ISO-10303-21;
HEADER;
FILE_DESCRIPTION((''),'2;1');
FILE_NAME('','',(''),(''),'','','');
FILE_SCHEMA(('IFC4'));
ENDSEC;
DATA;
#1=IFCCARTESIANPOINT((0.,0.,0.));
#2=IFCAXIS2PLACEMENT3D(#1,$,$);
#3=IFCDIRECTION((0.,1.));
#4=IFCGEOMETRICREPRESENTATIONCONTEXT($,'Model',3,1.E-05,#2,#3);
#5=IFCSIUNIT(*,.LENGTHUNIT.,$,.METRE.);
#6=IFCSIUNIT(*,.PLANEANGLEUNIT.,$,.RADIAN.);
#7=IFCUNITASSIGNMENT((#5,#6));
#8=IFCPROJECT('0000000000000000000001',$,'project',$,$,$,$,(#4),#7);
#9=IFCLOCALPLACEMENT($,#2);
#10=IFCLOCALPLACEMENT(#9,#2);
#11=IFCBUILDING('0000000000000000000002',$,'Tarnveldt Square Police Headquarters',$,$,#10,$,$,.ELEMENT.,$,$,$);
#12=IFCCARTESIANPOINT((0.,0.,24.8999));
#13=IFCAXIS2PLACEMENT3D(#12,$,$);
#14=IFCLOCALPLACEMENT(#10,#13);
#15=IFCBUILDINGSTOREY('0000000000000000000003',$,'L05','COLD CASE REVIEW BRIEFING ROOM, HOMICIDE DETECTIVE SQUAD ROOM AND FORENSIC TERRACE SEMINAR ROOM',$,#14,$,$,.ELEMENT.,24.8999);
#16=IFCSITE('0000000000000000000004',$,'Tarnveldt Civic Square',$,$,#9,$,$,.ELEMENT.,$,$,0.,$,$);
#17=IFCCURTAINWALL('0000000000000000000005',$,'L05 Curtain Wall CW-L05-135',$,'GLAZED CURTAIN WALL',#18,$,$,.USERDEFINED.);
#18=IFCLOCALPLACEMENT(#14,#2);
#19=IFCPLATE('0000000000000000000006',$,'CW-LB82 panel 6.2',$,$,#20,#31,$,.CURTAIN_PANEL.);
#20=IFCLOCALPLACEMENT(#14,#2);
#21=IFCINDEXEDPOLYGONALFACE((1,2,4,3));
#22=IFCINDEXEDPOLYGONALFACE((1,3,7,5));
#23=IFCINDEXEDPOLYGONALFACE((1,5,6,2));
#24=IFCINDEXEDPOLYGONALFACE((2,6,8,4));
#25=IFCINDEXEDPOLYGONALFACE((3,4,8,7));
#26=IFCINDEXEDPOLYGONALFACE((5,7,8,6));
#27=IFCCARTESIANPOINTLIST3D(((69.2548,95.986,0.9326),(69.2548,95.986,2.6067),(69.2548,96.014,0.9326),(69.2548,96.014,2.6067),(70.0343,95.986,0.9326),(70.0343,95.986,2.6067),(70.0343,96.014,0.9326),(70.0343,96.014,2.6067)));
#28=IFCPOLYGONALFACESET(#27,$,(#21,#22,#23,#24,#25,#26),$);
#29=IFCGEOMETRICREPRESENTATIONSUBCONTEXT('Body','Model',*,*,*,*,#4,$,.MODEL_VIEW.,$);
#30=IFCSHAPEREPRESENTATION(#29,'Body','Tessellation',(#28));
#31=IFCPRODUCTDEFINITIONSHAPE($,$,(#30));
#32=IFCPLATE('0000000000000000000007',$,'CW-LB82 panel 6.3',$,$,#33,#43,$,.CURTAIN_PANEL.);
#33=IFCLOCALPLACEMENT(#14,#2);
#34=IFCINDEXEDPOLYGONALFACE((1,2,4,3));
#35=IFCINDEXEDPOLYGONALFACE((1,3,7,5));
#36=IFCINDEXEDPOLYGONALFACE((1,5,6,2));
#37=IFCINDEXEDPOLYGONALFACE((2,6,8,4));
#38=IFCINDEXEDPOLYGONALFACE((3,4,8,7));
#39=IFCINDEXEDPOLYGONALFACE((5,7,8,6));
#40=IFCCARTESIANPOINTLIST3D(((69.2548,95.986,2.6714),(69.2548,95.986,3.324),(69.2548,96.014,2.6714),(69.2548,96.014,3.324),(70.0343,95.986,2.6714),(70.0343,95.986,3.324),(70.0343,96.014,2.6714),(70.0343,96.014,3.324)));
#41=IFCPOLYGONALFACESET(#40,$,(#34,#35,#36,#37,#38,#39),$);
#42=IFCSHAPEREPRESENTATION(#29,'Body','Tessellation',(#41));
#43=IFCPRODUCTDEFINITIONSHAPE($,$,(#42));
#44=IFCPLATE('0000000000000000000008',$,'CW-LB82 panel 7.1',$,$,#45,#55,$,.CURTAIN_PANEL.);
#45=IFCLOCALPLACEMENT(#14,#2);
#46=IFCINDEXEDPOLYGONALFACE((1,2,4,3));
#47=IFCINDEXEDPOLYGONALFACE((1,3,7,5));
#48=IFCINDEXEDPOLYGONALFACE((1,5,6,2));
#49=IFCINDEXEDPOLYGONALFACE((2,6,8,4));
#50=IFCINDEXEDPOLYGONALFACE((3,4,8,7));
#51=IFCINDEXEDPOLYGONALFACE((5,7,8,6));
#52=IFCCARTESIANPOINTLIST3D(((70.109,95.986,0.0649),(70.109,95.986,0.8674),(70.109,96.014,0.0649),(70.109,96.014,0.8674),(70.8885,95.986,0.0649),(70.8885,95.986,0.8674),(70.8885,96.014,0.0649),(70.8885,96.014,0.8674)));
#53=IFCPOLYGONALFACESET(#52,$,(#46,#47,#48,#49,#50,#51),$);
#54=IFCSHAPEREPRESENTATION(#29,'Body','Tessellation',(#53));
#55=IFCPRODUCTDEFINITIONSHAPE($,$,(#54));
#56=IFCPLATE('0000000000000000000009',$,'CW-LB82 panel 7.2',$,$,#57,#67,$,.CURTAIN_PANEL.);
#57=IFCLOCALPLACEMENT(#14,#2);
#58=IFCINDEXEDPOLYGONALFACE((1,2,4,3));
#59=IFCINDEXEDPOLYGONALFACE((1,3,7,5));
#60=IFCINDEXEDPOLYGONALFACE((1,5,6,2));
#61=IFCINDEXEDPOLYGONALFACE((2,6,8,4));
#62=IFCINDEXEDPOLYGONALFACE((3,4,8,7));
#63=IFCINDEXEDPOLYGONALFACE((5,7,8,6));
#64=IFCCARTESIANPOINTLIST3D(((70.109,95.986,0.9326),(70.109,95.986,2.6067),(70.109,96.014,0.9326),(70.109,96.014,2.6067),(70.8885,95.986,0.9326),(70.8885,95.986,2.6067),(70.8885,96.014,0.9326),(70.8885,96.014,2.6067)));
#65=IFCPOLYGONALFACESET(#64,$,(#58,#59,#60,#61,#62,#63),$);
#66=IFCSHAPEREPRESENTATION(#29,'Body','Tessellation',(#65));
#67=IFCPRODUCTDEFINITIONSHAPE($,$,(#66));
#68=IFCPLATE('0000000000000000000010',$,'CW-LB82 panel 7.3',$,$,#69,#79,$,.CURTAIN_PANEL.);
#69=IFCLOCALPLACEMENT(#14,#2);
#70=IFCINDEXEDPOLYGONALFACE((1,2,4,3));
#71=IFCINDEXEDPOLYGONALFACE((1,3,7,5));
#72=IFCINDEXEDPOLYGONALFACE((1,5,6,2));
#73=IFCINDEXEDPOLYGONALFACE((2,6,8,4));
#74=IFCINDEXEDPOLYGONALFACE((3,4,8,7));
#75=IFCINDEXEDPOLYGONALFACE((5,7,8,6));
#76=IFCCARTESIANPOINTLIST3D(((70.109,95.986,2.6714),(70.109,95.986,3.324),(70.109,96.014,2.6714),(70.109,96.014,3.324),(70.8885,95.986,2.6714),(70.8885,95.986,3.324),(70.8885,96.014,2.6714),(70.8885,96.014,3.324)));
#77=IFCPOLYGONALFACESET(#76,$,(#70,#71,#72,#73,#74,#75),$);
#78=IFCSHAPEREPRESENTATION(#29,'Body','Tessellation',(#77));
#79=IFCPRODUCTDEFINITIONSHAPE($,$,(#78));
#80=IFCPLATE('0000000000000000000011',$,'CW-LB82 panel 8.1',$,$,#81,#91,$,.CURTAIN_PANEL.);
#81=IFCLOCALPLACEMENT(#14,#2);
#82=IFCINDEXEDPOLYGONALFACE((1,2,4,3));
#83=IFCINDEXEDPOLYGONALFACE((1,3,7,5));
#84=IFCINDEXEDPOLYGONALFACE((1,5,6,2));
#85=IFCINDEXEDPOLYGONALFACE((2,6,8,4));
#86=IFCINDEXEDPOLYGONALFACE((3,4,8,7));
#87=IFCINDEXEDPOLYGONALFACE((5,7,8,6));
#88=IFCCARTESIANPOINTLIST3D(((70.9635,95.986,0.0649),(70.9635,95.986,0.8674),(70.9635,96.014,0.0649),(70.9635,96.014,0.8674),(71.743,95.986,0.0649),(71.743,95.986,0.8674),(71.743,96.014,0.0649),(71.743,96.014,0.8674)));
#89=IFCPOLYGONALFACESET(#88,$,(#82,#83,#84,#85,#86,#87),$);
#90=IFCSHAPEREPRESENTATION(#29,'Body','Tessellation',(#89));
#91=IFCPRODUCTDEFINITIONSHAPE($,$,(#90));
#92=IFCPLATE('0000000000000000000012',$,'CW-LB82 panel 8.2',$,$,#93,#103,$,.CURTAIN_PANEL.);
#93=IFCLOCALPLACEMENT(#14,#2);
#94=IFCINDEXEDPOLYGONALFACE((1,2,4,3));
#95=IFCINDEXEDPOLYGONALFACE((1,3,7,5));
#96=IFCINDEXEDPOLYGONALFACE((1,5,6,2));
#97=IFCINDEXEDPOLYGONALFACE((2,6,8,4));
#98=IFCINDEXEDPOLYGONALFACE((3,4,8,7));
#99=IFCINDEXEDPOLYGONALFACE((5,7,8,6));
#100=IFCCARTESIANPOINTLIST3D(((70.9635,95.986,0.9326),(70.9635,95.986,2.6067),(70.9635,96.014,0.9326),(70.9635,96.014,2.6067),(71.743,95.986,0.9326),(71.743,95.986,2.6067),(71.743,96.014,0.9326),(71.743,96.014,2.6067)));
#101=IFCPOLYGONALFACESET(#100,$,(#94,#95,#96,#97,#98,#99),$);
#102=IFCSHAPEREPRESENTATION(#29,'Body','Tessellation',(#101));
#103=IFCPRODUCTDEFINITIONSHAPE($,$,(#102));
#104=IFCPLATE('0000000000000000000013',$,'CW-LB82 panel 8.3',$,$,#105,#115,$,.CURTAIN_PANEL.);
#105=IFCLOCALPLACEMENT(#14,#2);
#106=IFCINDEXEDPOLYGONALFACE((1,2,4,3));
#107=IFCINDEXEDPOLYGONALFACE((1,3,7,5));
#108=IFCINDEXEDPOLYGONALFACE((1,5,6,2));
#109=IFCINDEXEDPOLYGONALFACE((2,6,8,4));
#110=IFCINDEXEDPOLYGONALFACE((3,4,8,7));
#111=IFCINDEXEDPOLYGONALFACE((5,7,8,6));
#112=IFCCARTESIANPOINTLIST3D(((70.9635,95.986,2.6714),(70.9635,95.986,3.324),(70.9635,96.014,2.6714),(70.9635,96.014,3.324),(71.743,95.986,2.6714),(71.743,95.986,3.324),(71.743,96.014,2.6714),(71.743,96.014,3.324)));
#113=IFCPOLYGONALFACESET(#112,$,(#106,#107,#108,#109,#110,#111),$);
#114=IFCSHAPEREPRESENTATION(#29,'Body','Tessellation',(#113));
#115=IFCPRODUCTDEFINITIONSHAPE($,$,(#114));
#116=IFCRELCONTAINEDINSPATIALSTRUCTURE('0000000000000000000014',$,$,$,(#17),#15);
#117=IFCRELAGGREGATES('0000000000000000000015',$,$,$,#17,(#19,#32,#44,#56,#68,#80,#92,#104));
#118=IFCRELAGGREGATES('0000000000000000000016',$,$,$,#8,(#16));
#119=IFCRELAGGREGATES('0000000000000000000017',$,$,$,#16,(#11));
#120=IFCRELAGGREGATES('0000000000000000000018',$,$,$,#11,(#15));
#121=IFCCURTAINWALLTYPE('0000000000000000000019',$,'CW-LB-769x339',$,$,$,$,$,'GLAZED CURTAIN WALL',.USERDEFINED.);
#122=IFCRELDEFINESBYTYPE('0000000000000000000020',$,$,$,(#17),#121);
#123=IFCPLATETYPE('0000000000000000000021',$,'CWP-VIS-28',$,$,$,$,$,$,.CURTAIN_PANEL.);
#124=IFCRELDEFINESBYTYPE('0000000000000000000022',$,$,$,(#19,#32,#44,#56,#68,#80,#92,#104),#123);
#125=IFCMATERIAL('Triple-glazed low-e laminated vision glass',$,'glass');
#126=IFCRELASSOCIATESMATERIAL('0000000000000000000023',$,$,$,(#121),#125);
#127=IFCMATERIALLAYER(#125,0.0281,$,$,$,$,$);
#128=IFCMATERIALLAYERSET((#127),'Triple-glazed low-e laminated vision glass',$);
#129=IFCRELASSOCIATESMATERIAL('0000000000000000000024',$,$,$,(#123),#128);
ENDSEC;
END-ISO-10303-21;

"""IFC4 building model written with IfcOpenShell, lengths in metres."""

from ifc_helpers import new_model, si_unit, direction, frame, origin, origin_2d, place, context, subcontext, project, spatial, rectangle, extrude, material, layer, layer_set, type_object, element, aggregate, save


model = new_model("IFC4")

# Units and contexts
model_context = context("Model", 3, precision=1e-05, world=origin(), true_north=direction((0.0, 1.0)))
body_context = subcontext(model_context, "Body", "Model", "MODEL_VIEW")
ifc_project = project(units=[si_unit("LENGTHUNIT", "METRE"), si_unit("PLANEANGLEUNIT", "RADIAN")], contexts=[model_context])

# Site, building, storey
site_placement = place(None, origin())
site = spatial("IfcSite", under=ifc_project, at=site_placement, Name="Tarnveldt Civic Square", CompositionType="ELEMENT", RefElevation=0.0)
building_placement = place(site_placement, origin())
building = spatial("IfcBuilding", under=site, at=building_placement, Name="Tarnveldt Square Police Headquarters", CompositionType="ELEMENT")
storey_placement = place(building_placement, frame((0.0, 0.0, 24.8999)))
storey = spatial("IfcBuildingStorey", under=building, at=storey_placement, Name="L05", Description="COLD CASE REVIEW BRIEFING ROOM, HOMICIDE DETECTIVE SQUAD ROOM AND FORENSIC TERRACE SEMINAR ROOM", CompositionType="ELEMENT", Elevation=24.8999)

# Curtain wall, plates
ifc_material_1 = material(Name="Triple-glazed low-e laminated vision glass", Category="glass")
curtain_wall_type = type_object("IfcCurtainWallType", Name="CW-LB-769x339", ElementType="GLAZED CURTAIN WALL", PredefinedType="USERDEFINED", material=ifc_material_1)
curtain_wall_placement = place(storey_placement, origin())
curtain_wall = element("IfcCurtainWall", 1, at=curtain_wall_placement, inside=storey, type_object=curtain_wall_type, Name="L05 Curtain Wall CW-L05-135", ObjectType="GLAZED CURTAIN WALL", PredefinedType="USERDEFINED")
ifc_layer = layer(ifc_material_1, 0.0281)
ifc_layer_set = layer_set([ifc_layer], Name="Triple-glazed low-e laminated vision glass")
plate_type = type_object("IfcPlateType", Name="CWP-VIS-28", PredefinedType="CURTAIN_PANEL", material=ifc_layer_set)
plate_1_placement = place(storey_placement, frame((69.6445, 96.0, 0.9326), z_axis=(0.0, 0.0, 1.0), x_axis=(1.0, 0.0, 0.0)))
plate_1 = element("IfcPlate", 2, at=plate_1_placement, type_object=plate_type, Name="CW-LB82 panel 6.2", PredefinedType="CURTAIN_PANEL", context=body_context, shape_type="SweptSolid", body=[
    extrude(rectangle(XDim=0.7795, YDim=0.0281, at=origin_2d()), origin(), (0.0, 0.0, 1.0), 1.6741),
])
plate_2_placement = place(storey_placement, frame((69.6445, 96.0, 2.6714), z_axis=(0.0, 0.0, 1.0), x_axis=(1.0, 0.0, 0.0)))
plate_2 = element("IfcPlate", 3, at=plate_2_placement, type_object=plate_type, Name="CW-LB82 panel 6.3", PredefinedType="CURTAIN_PANEL", context=body_context, shape_type="SweptSolid", body=[
    extrude(rectangle(XDim=0.7795, YDim=0.0281, at=origin_2d()), origin(), (0.0, 0.0, 1.0), 0.6526),
])
plate_3_placement = place(storey_placement, frame((70.4988, 96.0, 0.0649), z_axis=(0.0, 0.0, 1.0), x_axis=(1.0, 0.0, 0.0)))
plate_3 = element("IfcPlate", 4, at=plate_3_placement, type_object=plate_type, Name="CW-LB82 panel 7.1", PredefinedType="CURTAIN_PANEL", context=body_context, shape_type="SweptSolid", body=[
    extrude(rectangle(XDim=0.7795, YDim=0.0281, at=origin_2d()), origin(), (0.0, 0.0, 1.0), 0.8025),
])
plate_4_placement = place(storey_placement, frame((70.4988, 96.0, 0.9326), z_axis=(0.0, 0.0, 1.0), x_axis=(1.0, 0.0, 0.0)))
plate_4 = element("IfcPlate", 5, at=plate_4_placement, type_object=plate_type, Name="CW-LB82 panel 7.2", PredefinedType="CURTAIN_PANEL", context=body_context, shape_type="SweptSolid", body=[
    extrude(rectangle(XDim=0.7795, YDim=0.0281, at=origin_2d()), origin(), (0.0, 0.0, 1.0), 1.6741),
])
plate_5_placement = place(storey_placement, frame((70.4988, 96.0, 2.6714), z_axis=(0.0, 0.0, 1.0), x_axis=(1.0, 0.0, 0.0)))
plate_5 = element("IfcPlate", 6, at=plate_5_placement, type_object=plate_type, Name="CW-LB82 panel 7.3", PredefinedType="CURTAIN_PANEL", context=body_context, shape_type="SweptSolid", body=[
    extrude(rectangle(XDim=0.7795, YDim=0.0281, at=origin_2d()), origin(), (0.0, 0.0, 1.0), 0.6526),
])
plate_6_placement = place(storey_placement, frame((71.3533, 96.0, 0.0649), z_axis=(0.0, 0.0, 1.0), x_axis=(1.0, 0.0, 0.0)))
plate_6 = element("IfcPlate", 7, at=plate_6_placement, type_object=plate_type, Name="CW-LB82 panel 8.1", PredefinedType="CURTAIN_PANEL", context=body_context, shape_type="SweptSolid", body=[
    extrude(rectangle(XDim=0.7795, YDim=0.0281, at=origin_2d()), origin(), (0.0, 0.0, 1.0), 0.8025),
])
plate_7_placement = place(storey_placement, frame((71.3533, 96.0, 0.9326), z_axis=(0.0, 0.0, 1.0), x_axis=(1.0, 0.0, 0.0)))
plate_7 = element("IfcPlate", 8, at=plate_7_placement, type_object=plate_type, Name="CW-LB82 panel 8.2", PredefinedType="CURTAIN_PANEL", context=body_context, shape_type="SweptSolid", body=[
    extrude(rectangle(XDim=0.7795, YDim=0.0281, at=origin_2d()), origin(), (0.0, 0.0, 1.0), 1.6741),
])
plate_8_placement = place(storey_placement, frame((71.3533, 96.0, 2.6714), z_axis=(0.0, 0.0, 1.0), x_axis=(1.0, 0.0, 0.0)))
plate_8 = element("IfcPlate", 9, at=plate_8_placement, type_object=plate_type, Name="CW-LB82 panel 8.3", PredefinedType="CURTAIN_PANEL", context=body_context, shape_type="SweptSolid", body=[
    extrude(rectangle(XDim=0.7795, YDim=0.0281, at=origin_2d()), origin(), (0.0, 0.0, 1.0), 0.6526),
])
aggregate(curtain_wall, [plate_1, plate_2, plate_3, plate_4, plate_5, plate_6, plate_7, plate_8])

save(model, "model.ifc")
